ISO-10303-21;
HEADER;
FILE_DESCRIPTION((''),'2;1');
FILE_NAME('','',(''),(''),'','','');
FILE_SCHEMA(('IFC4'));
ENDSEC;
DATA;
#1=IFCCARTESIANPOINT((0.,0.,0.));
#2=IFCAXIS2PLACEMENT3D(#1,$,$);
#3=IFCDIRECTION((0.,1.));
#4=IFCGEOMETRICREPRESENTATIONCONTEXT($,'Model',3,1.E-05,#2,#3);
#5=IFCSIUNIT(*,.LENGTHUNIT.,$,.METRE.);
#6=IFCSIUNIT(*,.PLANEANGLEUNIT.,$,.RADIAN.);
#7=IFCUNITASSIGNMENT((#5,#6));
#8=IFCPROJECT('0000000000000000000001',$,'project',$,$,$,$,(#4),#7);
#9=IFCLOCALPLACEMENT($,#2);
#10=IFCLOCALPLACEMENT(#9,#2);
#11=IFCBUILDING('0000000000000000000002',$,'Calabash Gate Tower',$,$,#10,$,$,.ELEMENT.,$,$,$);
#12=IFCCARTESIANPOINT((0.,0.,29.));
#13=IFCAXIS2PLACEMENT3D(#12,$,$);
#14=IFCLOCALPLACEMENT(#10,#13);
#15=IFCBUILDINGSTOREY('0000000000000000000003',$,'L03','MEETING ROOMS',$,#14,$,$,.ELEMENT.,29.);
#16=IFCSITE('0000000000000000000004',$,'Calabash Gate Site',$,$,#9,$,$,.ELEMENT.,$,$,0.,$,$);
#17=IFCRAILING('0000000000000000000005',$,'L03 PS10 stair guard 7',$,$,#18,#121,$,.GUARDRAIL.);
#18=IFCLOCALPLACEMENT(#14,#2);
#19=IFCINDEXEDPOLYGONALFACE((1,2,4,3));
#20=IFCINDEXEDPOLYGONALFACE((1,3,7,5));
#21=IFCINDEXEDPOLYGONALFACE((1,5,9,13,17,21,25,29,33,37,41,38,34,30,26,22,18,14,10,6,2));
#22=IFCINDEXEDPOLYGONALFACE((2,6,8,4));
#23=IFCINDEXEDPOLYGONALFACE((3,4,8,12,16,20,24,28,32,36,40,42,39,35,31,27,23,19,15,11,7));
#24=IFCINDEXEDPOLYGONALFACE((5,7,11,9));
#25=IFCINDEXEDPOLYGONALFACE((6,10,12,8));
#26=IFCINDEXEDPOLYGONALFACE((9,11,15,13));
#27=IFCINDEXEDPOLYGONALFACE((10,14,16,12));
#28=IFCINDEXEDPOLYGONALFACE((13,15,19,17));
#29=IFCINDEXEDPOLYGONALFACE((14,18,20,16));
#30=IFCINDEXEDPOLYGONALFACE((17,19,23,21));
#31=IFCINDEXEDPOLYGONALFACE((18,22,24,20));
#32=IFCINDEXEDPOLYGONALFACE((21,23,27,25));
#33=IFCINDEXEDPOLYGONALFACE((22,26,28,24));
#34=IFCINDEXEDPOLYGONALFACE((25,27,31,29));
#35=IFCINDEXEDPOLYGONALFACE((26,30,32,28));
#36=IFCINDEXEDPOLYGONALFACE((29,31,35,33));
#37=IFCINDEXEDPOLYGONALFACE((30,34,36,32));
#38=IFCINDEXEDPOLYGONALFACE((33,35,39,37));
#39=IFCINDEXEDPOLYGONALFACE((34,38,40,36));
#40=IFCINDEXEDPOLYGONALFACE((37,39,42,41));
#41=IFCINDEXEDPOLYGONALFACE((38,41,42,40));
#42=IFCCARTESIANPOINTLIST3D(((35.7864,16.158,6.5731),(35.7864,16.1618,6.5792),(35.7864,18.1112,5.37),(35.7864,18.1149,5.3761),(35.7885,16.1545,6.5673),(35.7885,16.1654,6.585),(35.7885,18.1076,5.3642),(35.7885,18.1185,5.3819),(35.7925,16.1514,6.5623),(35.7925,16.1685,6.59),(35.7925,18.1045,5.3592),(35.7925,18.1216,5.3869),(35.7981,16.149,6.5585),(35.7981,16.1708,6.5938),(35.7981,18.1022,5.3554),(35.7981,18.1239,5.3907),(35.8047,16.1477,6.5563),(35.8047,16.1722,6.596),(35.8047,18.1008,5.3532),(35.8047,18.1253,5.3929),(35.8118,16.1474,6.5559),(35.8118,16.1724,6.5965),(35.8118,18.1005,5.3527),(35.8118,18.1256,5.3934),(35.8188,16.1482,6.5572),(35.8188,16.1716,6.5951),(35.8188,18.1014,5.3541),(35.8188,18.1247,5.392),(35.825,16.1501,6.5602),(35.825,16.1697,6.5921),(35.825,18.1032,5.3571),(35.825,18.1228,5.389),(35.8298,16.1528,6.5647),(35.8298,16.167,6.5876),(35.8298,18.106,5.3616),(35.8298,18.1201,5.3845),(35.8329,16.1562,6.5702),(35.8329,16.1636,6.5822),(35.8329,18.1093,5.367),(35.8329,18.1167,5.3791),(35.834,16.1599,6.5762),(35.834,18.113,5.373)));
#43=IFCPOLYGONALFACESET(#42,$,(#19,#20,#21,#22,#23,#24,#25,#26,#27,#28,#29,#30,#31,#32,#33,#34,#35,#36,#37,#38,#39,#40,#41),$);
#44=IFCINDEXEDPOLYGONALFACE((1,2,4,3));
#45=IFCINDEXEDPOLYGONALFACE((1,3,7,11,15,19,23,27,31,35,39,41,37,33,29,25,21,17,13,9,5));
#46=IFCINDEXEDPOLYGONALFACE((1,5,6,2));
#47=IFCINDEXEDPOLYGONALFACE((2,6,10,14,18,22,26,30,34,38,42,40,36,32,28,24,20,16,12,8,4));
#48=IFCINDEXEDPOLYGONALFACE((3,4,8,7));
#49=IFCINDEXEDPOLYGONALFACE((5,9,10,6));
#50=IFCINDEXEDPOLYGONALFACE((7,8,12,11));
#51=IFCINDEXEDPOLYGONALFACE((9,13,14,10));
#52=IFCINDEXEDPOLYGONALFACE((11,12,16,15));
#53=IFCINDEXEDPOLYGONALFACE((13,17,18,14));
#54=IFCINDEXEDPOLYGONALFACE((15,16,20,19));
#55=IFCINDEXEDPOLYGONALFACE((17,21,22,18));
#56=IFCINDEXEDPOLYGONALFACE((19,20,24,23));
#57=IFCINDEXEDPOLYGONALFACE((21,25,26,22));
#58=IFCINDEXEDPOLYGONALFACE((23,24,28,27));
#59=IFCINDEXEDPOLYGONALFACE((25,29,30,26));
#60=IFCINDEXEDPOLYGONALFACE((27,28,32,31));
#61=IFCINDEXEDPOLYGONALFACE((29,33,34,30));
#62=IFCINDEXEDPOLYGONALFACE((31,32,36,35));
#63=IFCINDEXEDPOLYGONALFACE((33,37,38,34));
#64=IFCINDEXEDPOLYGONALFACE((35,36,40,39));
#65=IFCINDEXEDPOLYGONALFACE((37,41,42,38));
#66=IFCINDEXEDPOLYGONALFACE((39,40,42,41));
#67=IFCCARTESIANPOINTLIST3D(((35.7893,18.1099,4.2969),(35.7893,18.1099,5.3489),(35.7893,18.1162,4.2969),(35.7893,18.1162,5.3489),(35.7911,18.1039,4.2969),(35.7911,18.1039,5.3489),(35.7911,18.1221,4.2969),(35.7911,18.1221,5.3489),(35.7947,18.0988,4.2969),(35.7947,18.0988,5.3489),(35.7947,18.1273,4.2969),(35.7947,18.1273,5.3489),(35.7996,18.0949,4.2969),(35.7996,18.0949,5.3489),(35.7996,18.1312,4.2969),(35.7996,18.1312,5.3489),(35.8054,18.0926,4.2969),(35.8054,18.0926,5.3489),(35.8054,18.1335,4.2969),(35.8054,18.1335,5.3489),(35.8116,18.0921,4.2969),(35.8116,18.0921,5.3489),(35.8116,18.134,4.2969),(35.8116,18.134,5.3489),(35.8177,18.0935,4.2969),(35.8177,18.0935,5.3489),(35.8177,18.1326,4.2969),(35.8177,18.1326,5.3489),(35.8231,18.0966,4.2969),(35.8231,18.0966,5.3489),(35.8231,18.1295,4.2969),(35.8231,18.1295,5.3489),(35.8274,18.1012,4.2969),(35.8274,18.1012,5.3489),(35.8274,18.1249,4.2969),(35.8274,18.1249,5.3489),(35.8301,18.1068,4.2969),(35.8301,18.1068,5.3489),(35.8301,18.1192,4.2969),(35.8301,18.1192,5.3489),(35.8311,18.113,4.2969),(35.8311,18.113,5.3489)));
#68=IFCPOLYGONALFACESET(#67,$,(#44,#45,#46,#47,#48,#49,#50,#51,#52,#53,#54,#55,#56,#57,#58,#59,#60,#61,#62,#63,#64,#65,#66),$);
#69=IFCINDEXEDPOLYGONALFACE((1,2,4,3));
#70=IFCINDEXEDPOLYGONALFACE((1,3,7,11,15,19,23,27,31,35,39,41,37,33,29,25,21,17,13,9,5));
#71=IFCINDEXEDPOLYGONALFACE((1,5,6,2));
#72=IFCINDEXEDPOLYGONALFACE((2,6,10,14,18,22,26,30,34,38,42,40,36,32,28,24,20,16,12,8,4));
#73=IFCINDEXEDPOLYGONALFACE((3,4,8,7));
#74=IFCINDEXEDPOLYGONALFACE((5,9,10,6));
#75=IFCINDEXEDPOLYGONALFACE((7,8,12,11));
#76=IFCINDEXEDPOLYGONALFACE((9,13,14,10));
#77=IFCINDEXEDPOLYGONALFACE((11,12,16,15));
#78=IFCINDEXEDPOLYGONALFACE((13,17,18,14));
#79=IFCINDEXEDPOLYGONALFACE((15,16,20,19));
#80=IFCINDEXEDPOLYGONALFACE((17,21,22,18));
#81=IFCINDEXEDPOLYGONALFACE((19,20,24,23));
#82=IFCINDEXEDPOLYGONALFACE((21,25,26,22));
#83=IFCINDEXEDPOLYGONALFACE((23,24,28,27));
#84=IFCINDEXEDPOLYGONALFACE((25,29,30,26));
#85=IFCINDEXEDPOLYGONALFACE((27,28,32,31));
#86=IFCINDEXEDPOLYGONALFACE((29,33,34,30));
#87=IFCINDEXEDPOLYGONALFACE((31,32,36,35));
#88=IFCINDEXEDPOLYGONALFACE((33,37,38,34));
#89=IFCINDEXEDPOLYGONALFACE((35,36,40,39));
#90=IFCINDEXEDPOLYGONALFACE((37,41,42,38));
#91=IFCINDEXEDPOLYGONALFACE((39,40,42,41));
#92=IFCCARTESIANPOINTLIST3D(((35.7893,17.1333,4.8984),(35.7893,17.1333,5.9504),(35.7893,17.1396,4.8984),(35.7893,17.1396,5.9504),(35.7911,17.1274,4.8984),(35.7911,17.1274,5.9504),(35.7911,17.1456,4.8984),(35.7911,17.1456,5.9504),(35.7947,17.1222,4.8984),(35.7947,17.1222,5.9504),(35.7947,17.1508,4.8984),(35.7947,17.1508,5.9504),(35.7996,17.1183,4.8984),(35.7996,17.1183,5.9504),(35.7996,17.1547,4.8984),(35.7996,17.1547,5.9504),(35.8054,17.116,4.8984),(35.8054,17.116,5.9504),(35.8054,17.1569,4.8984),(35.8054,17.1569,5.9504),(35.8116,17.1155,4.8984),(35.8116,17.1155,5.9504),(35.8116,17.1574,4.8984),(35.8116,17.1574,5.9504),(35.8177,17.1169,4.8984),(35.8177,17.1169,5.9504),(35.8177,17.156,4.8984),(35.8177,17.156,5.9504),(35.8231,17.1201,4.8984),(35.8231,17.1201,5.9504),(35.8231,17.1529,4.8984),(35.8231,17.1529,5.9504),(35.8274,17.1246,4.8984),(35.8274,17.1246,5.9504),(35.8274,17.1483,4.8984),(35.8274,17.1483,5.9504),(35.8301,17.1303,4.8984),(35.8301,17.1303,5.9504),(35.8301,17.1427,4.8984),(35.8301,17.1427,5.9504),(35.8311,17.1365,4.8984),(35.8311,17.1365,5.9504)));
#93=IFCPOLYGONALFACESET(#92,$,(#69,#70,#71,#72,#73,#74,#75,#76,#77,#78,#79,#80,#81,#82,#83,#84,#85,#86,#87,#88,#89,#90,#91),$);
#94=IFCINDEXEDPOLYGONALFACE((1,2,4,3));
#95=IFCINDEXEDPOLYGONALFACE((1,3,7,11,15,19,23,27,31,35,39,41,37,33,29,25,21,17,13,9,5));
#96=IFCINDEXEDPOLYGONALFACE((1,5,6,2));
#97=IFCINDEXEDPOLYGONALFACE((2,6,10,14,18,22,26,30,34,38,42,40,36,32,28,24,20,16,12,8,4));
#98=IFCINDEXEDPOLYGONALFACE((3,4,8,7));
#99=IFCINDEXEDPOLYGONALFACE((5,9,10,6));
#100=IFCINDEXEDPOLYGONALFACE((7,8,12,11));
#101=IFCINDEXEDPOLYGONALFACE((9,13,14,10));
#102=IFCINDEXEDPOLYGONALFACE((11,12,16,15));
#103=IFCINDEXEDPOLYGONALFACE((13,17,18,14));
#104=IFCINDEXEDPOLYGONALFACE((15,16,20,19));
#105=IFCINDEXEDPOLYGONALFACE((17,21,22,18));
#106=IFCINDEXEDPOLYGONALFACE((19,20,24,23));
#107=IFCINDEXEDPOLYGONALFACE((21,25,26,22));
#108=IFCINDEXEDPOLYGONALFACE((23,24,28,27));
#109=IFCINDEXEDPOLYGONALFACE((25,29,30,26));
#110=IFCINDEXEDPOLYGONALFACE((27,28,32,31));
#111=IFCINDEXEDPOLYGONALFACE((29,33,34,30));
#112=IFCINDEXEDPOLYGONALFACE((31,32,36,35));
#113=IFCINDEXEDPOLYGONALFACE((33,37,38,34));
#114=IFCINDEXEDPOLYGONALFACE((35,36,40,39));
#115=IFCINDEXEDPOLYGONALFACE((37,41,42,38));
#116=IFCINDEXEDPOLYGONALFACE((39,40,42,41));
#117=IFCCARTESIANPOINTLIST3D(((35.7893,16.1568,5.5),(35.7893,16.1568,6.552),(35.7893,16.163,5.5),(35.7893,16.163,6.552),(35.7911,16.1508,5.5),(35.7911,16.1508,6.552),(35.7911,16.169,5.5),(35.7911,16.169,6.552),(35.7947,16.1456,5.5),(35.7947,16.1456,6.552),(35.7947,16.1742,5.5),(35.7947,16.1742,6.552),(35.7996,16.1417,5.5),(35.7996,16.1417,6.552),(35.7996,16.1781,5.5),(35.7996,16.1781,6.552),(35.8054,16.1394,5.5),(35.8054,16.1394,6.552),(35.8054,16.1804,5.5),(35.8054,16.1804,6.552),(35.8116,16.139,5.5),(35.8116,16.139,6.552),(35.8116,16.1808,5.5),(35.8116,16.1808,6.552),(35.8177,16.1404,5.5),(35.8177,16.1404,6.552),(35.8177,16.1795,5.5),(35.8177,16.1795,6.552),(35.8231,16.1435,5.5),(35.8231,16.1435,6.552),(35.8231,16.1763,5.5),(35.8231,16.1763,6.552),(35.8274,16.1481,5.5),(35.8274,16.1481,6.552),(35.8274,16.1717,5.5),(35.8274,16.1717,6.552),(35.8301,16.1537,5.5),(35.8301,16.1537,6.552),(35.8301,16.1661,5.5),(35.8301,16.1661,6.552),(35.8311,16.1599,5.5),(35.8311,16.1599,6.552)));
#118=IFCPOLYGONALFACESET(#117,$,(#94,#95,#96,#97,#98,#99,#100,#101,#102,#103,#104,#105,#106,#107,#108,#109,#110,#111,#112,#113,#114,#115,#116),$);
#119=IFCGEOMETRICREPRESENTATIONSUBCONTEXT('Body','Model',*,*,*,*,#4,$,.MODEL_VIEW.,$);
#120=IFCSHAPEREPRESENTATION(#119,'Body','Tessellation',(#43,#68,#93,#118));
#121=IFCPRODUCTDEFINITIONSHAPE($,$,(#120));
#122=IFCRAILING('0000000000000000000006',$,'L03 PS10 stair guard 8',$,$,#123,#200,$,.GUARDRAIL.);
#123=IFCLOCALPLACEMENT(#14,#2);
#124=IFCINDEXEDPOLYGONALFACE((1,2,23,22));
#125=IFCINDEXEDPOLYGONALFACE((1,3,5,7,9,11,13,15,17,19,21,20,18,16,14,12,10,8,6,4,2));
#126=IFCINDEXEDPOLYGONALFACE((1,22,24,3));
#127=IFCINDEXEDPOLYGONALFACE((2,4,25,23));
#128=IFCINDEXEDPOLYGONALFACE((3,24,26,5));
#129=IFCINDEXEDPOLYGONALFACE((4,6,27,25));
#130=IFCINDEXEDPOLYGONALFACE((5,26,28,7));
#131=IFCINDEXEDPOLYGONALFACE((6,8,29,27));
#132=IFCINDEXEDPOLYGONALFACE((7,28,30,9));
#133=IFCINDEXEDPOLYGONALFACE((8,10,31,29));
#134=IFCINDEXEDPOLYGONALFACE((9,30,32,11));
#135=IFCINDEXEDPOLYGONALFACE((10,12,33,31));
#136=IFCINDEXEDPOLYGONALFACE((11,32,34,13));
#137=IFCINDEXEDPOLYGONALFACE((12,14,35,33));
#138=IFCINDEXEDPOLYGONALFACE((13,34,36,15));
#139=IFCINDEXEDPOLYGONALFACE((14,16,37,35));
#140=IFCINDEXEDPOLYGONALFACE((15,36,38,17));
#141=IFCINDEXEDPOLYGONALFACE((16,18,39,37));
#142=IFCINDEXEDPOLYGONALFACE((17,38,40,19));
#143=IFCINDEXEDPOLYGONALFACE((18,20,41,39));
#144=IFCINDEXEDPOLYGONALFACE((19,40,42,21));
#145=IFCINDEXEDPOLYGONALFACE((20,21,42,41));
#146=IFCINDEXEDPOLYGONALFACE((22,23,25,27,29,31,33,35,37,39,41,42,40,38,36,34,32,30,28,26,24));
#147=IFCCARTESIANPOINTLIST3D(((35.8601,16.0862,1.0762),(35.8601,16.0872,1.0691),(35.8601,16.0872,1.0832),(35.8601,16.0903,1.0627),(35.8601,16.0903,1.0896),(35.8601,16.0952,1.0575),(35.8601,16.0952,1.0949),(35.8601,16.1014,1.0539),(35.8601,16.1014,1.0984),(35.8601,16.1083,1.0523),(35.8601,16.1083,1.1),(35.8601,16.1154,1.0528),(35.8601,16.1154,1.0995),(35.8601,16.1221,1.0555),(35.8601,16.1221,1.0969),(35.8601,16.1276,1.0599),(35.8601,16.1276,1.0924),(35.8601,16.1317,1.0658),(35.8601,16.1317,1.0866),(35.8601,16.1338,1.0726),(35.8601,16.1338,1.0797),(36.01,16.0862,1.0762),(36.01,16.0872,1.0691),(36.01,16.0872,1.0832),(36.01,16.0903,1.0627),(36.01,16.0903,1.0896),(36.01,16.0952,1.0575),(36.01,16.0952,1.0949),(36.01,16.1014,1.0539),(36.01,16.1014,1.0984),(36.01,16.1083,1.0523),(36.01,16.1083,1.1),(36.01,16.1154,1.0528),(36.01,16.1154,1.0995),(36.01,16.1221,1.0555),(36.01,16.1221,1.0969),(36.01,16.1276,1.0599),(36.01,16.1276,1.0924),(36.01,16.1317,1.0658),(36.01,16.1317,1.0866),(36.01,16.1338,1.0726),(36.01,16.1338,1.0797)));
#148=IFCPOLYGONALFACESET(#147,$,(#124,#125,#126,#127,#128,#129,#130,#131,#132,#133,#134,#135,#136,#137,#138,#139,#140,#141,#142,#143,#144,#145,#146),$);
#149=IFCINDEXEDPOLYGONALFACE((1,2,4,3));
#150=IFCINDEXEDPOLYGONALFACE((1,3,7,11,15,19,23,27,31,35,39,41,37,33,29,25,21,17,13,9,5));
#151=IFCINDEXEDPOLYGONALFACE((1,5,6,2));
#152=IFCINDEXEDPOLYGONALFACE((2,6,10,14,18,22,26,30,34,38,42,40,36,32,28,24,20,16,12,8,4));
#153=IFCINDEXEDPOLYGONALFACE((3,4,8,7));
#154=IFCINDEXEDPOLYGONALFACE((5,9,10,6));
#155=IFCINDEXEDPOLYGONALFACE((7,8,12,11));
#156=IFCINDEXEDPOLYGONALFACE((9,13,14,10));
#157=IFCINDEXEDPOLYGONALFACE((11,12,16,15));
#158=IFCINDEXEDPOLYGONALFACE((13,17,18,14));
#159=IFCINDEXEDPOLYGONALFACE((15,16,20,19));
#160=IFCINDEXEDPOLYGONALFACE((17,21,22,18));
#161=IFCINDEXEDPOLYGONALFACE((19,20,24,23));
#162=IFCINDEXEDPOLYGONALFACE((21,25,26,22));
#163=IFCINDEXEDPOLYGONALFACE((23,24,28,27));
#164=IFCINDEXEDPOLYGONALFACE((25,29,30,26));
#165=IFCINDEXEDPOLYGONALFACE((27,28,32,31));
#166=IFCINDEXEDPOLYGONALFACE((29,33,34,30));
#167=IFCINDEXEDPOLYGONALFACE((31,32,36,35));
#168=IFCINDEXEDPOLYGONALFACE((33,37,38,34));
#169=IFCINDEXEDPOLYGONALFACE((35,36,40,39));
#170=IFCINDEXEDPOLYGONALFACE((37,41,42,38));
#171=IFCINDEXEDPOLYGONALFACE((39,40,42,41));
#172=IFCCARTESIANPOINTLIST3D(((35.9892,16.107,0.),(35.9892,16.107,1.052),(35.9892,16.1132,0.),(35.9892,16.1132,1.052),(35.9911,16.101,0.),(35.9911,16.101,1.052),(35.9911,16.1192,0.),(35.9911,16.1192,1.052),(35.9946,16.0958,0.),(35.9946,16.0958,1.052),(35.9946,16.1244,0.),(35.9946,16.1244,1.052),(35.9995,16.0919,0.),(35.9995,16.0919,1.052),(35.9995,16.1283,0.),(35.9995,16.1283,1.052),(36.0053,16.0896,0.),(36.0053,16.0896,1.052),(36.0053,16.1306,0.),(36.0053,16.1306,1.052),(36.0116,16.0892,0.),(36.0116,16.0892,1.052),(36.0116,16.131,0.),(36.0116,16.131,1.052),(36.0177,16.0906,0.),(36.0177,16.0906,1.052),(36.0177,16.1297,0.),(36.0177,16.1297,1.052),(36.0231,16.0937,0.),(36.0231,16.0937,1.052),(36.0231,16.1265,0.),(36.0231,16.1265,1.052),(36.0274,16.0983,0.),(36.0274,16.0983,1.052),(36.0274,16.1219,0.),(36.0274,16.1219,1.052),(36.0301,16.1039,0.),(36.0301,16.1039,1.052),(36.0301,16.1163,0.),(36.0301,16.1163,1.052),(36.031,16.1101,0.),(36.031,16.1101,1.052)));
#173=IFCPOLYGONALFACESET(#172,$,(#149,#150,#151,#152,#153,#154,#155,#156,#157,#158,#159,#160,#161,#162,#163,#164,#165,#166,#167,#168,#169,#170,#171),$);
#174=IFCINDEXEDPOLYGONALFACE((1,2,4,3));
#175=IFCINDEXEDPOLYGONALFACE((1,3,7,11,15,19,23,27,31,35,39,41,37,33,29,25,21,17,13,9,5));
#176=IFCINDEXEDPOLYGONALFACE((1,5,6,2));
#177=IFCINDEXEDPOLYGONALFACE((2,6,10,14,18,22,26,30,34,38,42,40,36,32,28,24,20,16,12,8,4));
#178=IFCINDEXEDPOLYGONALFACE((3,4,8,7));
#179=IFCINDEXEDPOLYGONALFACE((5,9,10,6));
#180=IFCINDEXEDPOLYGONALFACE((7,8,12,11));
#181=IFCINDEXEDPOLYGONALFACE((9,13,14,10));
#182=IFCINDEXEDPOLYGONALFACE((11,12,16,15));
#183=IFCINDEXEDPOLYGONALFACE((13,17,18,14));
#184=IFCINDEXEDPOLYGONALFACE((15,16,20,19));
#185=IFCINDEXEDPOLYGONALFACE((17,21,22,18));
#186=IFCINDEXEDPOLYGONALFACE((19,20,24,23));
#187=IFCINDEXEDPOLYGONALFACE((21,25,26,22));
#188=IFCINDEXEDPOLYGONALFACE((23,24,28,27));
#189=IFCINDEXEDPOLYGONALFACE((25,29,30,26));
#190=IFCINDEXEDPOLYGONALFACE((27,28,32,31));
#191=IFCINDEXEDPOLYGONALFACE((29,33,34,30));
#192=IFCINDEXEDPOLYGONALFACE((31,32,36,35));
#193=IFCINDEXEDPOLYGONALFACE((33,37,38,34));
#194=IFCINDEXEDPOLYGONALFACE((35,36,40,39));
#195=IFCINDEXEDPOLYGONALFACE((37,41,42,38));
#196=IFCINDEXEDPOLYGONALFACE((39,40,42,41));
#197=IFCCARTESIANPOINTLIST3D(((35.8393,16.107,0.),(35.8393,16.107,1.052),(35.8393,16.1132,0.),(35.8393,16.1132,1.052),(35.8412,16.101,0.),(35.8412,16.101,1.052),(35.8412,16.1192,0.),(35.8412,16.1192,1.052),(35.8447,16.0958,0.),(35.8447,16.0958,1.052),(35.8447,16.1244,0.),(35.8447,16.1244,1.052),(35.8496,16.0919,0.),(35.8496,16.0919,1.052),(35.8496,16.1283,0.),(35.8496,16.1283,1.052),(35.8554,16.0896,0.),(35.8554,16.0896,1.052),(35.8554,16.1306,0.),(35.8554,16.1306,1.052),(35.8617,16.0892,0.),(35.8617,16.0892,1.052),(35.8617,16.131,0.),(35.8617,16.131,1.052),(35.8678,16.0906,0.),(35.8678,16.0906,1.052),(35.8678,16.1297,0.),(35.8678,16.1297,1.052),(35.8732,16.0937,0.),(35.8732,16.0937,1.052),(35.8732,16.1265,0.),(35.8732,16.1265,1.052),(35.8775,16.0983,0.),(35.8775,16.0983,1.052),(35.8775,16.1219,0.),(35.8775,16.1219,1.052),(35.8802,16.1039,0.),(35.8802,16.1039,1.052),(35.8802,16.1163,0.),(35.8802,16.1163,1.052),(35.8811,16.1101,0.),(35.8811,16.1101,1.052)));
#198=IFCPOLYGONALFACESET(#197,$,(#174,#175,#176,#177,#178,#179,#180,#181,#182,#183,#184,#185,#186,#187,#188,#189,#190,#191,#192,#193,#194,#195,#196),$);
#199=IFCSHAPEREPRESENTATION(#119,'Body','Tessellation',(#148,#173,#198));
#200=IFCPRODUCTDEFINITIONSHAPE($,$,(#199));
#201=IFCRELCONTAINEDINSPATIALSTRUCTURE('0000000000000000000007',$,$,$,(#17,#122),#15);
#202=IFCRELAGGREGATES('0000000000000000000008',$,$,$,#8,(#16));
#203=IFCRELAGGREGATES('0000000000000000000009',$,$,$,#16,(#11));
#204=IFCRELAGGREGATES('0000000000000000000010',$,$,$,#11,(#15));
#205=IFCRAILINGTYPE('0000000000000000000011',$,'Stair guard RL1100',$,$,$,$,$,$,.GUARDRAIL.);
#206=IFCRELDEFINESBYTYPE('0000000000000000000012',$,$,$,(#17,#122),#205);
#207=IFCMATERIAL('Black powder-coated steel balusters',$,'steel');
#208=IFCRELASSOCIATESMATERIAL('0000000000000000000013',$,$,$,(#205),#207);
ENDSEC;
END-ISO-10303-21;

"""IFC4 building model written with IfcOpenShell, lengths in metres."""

from ifc_helpers import new_model, si_unit, direction, frame, origin, origin_2d, place, context, subcontext, project, spatial, circle, extrude, material, type_object, element, save


model = new_model("IFC4")

# Units and contexts
model_context = context("Model", 3, precision=1e-05, world=origin(), true_north=direction((0.0, 1.0)))
body_context = subcontext(model_context, "Body", "Model", "MODEL_VIEW")
ifc_project = project(units=[si_unit("LENGTHUNIT", "METRE"), si_unit("PLANEANGLEUNIT", "RADIAN")], contexts=[model_context])

# Site, building, storey
site_placement = place(None, origin())
site = spatial("IfcSite", under=ifc_project, at=site_placement, Name="Calabash Gate Site", CompositionType="ELEMENT", RefElevation=0.0)
building_placement = place(site_placement, origin())
building = spatial("IfcBuilding", under=site, at=building_placement, Name="Calabash Gate Tower", CompositionType="ELEMENT")
storey_placement = place(building_placement, frame((0.0, 0.0, 29.0)))
storey = spatial("IfcBuildingStorey", under=building, at=storey_placement, Name="L03", Description="MEETING ROOMS", CompositionType="ELEMENT", Elevation=29.0)

# Railings
ifc_material_1 = material(Name="Black powder-coated steel balusters", Category="steel")
railing_type_1 = type_object("IfcRailingType", Name="Stair guard RL1100", PredefinedType="GUARDRAIL", material=ifc_material_1)
railing_1_placement = place(storey_placement, frame((35.8101, 18.113, 4.2969)))
element("IfcRailing", 1, at=railing_1_placement, inside=storey, type_object=railing_type_1, Name="L03 PS10 stair guard 7", PredefinedType="GUARDRAIL", context=body_context, shape_type="SweptSolid", body=[
    extrude(circle(Radius=0.0239, at=origin_2d()), frame((0.0, 0.0, 1.0762), z_axis=(0.0, -0.851424, 0.524477), x_axis=(1.0, 0.0, 0.0)), (0.0, 0.0, 1.0), 2.2939),
    extrude(circle(Radius=0.021, at=origin_2d()), origin(), (0.0, 0.0, 1.0), 1.052),
    extrude(circle(Radius=0.021, at=origin_2d()), frame((0.0, -0.9766, 0.6016)), (0.0, 0.0, 1.0), 1.052),
    extrude(circle(Radius=0.021, at=origin_2d()), frame((0.0, -1.9531, 1.2031)), (0.0, 0.0, 1.0), 1.052),
])
railing_2_placement = place(storey_placement, frame((36.01, 16.1101, 0.0)))
element("IfcRailing", 2, at=railing_2_placement, inside=storey, type_object=railing_type_1, Name="L03 PS10 stair guard 8", PredefinedType="GUARDRAIL", context=body_context, shape_type="SweptSolid", body=[
    extrude(circle(Radius=0.0239, at=origin_2d()), frame((0.0, 0.0, 1.0762), z_axis=(-1.0, 0.0, 0.0), x_axis=(0.0, -1.0, 0.0)), (0.0, 0.0, 1.0), 0.1499),
    extrude(circle(Radius=0.021, at=origin_2d()), origin(), (0.0, 0.0, 1.0), 1.052),
    extrude(circle(Radius=0.021, at=origin_2d()), frame((-0.1499, 0.0, 0.0)), (0.0, 0.0, 1.0), 1.052),
])

save(model, "model.ifc")
